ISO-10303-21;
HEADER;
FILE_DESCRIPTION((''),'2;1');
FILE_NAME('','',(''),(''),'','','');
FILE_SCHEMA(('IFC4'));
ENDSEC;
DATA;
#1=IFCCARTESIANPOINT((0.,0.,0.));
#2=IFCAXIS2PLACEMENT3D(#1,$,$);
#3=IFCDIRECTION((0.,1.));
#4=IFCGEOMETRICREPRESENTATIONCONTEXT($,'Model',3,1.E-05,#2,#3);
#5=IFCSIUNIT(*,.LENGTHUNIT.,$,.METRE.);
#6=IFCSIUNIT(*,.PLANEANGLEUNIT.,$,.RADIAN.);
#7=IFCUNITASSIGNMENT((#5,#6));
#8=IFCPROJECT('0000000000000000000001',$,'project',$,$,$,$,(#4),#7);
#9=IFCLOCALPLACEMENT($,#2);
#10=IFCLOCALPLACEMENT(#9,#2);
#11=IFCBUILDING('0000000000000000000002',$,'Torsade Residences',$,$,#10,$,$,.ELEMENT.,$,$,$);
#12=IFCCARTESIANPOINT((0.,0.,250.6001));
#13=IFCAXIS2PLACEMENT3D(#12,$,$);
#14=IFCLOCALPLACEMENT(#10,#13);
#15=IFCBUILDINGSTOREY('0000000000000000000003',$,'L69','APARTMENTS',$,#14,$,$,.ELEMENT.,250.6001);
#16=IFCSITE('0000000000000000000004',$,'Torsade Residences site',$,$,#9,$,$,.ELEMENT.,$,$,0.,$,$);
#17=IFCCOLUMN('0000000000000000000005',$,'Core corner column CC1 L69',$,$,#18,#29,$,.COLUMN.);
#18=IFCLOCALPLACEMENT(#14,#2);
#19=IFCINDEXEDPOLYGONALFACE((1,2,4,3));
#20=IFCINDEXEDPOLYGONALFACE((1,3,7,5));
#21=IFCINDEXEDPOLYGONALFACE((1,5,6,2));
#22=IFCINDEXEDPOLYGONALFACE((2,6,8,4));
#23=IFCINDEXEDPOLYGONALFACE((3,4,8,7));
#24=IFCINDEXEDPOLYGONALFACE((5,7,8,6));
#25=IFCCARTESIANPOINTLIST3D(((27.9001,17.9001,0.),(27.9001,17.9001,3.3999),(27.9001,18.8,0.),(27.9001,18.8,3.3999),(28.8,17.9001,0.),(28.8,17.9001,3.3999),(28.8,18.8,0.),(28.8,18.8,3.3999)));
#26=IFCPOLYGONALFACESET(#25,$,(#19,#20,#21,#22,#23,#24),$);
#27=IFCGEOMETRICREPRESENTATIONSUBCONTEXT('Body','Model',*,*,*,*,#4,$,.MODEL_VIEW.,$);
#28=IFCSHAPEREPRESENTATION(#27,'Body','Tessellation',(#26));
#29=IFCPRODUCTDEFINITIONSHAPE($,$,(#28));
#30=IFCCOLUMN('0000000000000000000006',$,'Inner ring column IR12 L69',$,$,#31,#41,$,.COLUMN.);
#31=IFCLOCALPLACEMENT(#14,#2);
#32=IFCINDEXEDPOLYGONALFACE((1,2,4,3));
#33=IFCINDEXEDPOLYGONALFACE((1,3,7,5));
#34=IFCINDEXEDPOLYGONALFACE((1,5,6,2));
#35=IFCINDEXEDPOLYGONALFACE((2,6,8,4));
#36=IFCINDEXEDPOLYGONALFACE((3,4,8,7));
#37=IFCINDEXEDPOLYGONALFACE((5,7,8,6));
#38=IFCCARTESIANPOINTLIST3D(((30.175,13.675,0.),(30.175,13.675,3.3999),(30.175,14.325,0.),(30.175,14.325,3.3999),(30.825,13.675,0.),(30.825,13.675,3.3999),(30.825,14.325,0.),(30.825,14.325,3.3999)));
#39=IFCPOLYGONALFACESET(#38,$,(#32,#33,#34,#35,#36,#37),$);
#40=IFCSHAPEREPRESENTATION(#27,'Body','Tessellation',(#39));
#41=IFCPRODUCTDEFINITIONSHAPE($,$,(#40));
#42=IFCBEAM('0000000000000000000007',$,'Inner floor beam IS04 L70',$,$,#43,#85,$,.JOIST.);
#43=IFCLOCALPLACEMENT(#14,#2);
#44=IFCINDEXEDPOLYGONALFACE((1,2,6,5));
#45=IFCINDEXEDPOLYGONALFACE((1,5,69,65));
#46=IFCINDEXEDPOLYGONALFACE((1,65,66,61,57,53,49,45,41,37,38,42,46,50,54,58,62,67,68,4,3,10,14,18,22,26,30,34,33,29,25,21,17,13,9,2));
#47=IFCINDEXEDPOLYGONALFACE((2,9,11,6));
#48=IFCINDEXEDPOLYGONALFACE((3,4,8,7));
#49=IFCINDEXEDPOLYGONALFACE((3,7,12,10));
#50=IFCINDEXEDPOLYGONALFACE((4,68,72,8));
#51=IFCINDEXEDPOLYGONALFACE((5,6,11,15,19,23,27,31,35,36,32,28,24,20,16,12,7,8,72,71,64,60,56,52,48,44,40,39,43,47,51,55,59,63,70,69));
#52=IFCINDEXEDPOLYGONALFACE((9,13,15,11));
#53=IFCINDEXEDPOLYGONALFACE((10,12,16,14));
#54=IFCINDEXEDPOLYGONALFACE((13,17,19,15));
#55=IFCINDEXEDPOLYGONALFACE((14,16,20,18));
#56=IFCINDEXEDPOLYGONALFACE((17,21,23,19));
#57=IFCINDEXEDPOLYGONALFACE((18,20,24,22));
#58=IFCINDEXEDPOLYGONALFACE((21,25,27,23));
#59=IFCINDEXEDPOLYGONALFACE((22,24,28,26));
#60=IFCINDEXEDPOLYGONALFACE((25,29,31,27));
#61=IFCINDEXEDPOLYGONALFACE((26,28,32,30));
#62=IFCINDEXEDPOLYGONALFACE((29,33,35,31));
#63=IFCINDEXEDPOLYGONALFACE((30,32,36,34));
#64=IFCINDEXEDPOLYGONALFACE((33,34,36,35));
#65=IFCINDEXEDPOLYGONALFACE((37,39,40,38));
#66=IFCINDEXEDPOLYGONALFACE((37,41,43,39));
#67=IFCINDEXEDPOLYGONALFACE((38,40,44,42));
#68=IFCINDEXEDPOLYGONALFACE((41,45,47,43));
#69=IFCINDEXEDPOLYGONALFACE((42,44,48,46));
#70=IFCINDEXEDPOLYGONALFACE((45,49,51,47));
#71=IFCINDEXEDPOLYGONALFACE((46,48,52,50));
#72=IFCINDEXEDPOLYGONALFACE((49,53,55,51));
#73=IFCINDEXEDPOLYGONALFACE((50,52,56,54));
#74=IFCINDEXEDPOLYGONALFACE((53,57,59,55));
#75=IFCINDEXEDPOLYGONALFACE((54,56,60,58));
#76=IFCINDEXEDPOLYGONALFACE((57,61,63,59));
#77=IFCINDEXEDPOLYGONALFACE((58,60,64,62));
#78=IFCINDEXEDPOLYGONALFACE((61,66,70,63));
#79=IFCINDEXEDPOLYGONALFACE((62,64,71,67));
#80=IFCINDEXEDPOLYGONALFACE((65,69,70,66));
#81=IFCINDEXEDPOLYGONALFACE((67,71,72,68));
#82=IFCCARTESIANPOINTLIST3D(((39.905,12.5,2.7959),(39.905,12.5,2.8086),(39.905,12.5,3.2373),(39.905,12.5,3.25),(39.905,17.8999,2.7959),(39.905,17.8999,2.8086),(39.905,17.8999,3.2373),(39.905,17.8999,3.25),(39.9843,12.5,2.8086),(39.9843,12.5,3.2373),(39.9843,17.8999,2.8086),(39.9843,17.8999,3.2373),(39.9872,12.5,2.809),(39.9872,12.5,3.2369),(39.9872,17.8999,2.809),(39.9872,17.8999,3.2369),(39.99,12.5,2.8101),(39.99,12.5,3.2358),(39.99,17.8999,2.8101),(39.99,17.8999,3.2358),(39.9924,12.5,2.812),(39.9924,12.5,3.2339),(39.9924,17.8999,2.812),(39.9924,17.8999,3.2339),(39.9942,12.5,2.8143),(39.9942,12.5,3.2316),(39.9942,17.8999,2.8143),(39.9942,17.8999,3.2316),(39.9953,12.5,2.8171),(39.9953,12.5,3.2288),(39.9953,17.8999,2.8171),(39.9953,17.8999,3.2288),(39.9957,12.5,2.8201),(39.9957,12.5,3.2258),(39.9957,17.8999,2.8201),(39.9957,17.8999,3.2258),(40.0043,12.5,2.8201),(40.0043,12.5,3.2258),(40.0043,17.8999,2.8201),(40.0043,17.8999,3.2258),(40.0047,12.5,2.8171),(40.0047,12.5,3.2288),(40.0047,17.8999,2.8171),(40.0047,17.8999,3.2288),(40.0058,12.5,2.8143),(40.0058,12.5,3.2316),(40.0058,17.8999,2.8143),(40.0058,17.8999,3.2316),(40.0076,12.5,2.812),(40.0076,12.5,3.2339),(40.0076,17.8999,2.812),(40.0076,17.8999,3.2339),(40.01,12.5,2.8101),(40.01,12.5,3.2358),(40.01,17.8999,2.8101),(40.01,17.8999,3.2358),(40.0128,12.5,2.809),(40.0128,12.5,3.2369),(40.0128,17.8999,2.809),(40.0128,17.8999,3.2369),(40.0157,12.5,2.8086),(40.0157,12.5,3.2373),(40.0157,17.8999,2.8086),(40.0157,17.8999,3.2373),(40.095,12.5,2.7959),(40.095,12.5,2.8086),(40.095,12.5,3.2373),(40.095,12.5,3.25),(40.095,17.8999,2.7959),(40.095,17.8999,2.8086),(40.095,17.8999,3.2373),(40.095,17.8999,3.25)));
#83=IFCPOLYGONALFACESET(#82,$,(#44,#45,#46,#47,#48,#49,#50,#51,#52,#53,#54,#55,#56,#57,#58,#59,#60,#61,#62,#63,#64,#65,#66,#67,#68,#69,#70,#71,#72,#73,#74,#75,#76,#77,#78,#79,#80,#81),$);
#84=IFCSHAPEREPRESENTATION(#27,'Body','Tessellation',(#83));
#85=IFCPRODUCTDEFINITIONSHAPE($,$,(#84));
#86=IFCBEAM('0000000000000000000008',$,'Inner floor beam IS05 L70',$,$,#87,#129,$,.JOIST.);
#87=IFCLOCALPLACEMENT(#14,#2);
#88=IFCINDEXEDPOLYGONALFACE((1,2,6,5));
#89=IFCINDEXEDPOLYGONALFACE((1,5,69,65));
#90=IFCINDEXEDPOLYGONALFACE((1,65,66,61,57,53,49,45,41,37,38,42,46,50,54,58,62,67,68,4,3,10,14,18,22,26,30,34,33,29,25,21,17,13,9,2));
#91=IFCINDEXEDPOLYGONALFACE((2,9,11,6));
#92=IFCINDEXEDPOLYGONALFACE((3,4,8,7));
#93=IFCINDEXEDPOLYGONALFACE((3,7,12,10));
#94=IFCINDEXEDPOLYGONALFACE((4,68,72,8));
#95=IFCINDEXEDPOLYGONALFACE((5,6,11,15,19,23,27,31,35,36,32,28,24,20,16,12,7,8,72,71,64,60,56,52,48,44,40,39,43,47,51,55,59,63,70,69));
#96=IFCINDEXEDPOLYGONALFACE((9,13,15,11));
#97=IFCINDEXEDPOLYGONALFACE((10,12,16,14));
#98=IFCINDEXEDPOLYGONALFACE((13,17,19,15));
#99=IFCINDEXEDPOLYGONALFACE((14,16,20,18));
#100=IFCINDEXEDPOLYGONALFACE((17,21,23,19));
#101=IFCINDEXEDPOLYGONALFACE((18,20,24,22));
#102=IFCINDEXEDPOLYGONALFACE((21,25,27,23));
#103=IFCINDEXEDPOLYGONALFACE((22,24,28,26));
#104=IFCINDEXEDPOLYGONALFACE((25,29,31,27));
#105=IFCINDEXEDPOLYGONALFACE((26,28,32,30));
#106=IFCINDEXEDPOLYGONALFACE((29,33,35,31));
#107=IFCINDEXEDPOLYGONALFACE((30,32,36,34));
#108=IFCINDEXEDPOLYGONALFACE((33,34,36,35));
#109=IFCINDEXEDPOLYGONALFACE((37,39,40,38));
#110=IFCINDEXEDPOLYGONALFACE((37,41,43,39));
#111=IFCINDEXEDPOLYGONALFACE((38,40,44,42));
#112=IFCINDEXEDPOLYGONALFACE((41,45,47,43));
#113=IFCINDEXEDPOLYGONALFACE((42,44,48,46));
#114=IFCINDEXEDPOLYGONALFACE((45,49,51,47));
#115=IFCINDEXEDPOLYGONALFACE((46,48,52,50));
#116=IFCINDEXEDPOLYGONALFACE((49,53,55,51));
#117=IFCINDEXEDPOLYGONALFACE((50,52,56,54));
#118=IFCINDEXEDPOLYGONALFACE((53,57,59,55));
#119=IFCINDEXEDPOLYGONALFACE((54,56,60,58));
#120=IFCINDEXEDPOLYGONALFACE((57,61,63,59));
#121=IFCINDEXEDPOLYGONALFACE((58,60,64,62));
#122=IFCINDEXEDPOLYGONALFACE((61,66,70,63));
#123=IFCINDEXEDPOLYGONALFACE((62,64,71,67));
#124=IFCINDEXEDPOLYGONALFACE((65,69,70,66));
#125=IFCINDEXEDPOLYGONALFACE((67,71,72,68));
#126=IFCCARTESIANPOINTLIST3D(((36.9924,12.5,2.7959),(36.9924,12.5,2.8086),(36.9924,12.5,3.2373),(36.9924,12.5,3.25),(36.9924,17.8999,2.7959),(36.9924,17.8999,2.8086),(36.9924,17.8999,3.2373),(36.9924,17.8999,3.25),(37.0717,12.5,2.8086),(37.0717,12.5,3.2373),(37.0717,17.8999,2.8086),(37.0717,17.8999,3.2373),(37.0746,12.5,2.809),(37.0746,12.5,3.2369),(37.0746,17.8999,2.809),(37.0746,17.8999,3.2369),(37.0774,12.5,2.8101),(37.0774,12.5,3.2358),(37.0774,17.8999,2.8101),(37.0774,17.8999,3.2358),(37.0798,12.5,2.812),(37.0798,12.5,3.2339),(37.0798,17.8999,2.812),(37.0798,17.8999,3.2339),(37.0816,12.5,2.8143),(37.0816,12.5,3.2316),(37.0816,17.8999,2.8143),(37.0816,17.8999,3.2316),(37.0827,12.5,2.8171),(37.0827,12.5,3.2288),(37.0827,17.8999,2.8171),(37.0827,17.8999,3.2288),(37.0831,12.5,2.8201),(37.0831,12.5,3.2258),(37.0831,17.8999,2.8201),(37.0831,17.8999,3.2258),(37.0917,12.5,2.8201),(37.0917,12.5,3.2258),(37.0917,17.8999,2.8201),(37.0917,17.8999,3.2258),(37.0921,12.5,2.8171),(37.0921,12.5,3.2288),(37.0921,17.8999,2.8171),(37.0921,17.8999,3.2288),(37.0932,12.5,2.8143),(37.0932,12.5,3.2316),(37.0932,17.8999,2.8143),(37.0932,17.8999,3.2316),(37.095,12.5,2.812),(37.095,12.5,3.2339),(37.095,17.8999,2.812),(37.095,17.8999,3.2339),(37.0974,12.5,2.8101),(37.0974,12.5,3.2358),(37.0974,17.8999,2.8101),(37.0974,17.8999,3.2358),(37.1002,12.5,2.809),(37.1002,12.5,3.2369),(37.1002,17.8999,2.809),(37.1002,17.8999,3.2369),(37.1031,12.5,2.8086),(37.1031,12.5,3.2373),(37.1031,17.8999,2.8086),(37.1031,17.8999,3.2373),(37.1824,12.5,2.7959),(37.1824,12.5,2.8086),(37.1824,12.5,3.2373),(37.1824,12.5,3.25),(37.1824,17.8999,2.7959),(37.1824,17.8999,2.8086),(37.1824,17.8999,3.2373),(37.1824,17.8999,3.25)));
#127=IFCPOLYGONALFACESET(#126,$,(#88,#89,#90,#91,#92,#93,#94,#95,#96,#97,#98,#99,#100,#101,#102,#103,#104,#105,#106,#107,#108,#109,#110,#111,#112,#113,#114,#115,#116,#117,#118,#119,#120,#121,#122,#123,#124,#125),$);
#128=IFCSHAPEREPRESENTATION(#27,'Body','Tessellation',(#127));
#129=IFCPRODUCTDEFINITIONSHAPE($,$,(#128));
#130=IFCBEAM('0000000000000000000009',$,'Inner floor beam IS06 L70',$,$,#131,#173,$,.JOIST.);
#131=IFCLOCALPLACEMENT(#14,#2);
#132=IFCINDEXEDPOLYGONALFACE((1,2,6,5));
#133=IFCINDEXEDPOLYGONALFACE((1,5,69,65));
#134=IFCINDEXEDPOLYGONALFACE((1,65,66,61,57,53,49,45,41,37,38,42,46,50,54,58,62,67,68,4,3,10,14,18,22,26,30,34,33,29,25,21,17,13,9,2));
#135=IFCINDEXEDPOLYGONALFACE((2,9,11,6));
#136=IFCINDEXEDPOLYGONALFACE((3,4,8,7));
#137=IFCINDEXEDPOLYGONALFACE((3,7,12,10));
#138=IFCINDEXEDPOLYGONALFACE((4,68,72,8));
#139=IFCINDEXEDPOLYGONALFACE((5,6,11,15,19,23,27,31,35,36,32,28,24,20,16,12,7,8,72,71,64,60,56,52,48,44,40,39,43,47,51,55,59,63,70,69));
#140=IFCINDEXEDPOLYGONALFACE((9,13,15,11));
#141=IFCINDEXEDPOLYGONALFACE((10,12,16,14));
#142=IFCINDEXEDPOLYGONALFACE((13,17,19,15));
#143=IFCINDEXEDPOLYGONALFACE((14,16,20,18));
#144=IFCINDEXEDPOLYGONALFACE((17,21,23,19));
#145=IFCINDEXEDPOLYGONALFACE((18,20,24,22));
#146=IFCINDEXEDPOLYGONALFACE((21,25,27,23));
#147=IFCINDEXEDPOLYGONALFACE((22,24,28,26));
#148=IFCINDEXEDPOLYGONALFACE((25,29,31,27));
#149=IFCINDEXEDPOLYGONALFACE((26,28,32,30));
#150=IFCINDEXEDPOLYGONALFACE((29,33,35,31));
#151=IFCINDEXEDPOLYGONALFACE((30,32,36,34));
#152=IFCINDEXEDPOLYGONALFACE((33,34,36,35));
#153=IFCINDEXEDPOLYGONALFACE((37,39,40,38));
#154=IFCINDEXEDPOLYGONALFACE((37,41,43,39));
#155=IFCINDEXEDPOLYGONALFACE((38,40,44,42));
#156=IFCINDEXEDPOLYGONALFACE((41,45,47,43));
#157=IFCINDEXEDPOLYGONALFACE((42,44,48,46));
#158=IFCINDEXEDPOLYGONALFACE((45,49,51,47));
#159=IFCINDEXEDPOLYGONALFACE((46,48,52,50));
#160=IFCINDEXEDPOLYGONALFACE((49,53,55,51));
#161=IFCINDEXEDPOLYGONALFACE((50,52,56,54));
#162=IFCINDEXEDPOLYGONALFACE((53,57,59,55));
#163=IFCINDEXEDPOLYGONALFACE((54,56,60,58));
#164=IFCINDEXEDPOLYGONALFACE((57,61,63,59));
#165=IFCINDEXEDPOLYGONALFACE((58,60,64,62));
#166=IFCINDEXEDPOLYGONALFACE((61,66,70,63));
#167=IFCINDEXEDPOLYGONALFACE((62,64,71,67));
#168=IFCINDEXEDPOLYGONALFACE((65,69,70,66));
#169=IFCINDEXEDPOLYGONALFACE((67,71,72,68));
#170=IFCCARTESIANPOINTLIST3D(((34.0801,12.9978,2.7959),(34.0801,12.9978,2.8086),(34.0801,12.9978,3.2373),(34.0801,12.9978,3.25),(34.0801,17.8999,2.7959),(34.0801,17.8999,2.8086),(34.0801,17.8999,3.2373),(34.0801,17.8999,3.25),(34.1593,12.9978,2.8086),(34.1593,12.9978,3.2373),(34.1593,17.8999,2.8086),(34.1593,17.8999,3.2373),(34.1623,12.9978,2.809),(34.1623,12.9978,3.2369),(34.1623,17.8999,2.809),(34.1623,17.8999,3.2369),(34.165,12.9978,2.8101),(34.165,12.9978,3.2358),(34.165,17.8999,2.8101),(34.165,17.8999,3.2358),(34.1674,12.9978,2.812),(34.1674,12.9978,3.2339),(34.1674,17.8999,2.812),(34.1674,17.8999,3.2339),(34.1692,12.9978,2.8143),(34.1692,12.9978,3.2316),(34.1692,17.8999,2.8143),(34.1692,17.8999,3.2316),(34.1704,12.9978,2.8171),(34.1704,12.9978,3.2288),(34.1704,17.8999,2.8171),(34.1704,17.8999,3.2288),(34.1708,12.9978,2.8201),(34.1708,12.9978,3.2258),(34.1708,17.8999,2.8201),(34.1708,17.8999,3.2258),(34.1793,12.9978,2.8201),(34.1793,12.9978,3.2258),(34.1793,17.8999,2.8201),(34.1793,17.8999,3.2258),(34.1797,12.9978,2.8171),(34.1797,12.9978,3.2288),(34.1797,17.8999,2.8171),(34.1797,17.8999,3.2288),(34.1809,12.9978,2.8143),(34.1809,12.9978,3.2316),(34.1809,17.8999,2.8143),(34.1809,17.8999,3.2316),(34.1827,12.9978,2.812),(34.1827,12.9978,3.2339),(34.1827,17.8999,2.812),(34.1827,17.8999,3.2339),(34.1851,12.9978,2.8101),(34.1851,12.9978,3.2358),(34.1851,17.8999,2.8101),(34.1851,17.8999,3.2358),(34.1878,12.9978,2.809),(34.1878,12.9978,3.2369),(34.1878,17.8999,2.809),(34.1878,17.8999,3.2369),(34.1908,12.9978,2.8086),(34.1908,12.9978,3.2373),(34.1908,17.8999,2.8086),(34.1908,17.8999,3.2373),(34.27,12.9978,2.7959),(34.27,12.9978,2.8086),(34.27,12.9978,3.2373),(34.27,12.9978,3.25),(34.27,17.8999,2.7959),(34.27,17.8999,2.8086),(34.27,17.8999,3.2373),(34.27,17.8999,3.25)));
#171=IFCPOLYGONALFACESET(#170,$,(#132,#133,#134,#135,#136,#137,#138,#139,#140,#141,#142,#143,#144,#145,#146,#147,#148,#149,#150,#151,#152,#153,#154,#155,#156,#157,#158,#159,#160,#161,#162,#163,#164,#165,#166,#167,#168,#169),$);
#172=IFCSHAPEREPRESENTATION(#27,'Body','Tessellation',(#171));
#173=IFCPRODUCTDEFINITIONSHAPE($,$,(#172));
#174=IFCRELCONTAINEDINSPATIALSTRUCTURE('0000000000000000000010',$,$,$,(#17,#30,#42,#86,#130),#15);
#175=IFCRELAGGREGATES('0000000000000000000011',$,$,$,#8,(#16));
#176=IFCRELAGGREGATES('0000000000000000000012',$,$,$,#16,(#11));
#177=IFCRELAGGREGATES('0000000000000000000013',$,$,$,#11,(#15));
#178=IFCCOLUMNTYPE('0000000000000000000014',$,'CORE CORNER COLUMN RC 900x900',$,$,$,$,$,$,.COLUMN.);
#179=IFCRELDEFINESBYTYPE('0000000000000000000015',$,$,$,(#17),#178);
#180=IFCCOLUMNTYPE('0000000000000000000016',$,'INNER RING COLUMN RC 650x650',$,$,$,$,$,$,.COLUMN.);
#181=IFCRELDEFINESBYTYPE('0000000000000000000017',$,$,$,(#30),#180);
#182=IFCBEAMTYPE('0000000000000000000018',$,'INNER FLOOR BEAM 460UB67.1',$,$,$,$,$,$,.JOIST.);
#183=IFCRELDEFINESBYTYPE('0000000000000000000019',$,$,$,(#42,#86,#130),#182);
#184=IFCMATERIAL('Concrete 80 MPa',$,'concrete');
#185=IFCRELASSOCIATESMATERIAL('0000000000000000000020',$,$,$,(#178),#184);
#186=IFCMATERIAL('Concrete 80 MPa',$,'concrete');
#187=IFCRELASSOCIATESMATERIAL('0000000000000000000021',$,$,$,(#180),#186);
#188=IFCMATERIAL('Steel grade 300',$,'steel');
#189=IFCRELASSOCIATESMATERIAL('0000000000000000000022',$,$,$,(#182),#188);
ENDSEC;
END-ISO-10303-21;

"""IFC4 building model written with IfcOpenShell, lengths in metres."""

from ifc_helpers import new_model, si_unit, direction, frame, origin, origin_2d, place, context, subcontext, project, spatial, rectangle, i_section, extrude, material, material_profile, profile_set, type_object, element, save


model = new_model("IFC4")

# Units and contexts
model_context = context("Model", 3, precision=1e-05, world=origin(), true_north=direction((0.0, 1.0)))
body_context = subcontext(model_context, "Body", "Model", "MODEL_VIEW")
ifc_project = project(units=[si_unit("LENGTHUNIT", "METRE"), si_unit("PLANEANGLEUNIT", "RADIAN")], contexts=[model_context])

# Site, building, storey
site_placement = place(None, origin())
site = spatial("IfcSite", under=ifc_project, at=site_placement, Name="Torsade Residences site", CompositionType="ELEMENT", RefElevation=0.0)
building_placement = place(site_placement, origin())
building = spatial("IfcBuilding", under=site, at=building_placement, Name="Torsade Residences", CompositionType="ELEMENT")
storey_placement = place(building_placement, frame((0.0, 0.0, 250.6001)))
storey = spatial("IfcBuildingStorey", under=building, at=storey_placement, Name="L69", Description="APARTMENTS", CompositionType="ELEMENT", Elevation=250.6001)

# Columns
ifc_material_1 = material(Name="Concrete 80 MPa", Category="concrete")
ifc_material_profile_1 = material_profile(ifc_material_1, rectangle(XDim=0.8999, YDim=0.8999, at=origin_2d()), Name="RC 900x900")
ifc_profile_set_1 = profile_set([ifc_material_profile_1], Name="Concrete 80 MPa")
column_type_1 = type_object("IfcColumnType", Name="CORE CORNER COLUMN RC 900x900", PredefinedType="COLUMN", material=ifc_profile_set_1)
column_1_placement = place(storey_placement, frame((28.3501, 18.3501, 0.0), z_axis=(0.0, 0.0, 1.0), x_axis=(1.0, 0.0, 0.0)))
element("IfcColumn", 1, at=column_1_placement, inside=storey, type_object=column_type_1, Name="Core corner column CC1 L69", PredefinedType="COLUMN", context=body_context, shape_type="SweptSolid", body=[
    extrude(rectangle(XDim=0.8999, YDim=0.8999, at=origin_2d()), origin(), (0.0, 0.0, 1.0), 3.3999),
])
ifc_material_2 = material(Name="Concrete 80 MPa", Category="concrete")
ifc_material_profile_2 = material_profile(ifc_material_2, rectangle(XDim=0.6499, YDim=0.6499, at=origin_2d()), Name="RC 650x650")
ifc_profile_set_2 = profile_set([ifc_material_profile_2], Name="Concrete 80 MPa")
column_type_2 = type_object("IfcColumnType", Name="INNER RING COLUMN RC 650x650", PredefinedType="COLUMN", material=ifc_profile_set_2)
column_2_placement = place(storey_placement, frame((30.5, 14.0, 0.0), z_axis=(0.0, 0.0, 1.0), x_axis=(1.0, 0.0, 0.0)))
element("IfcColumn", 2, at=column_2_placement, inside=storey, type_object=column_type_2, Name="Inner ring column IR12 L69", PredefinedType="COLUMN", context=body_context, shape_type="SweptSolid", body=[
    extrude(rectangle(XDim=0.6499, YDim=0.6499, at=origin_2d()), origin(), (0.0, 0.0, 1.0), 3.3999),
])

# Beams
ifc_material_3 = material(Name="Steel grade 300", Category="steel")
ifc_material_profile_3 = material_profile(ifc_material_3, i_section(OverallWidth=0.1899, OverallDepth=0.4541, WebThickness=0.0085, FlangeThickness=0.0127, FilletRadius=0.0115, at=origin_2d()), Name="460UB67.1")
ifc_profile_set_3 = profile_set([ifc_material_profile_3], Name="Steel grade 300")
beam_type_1 = type_object("IfcBeamType", Name="INNER FLOOR BEAM 460UB67.1", PredefinedType="JOIST", material=ifc_profile_set_3)
for number, where, z_axis, x_axis, name in (
    (3, (40.0, 17.8999, 3.0229), (0.0, -1.0, 0.0), (1.0, 0.0, 0.0), "Inner floor beam IS04 L70"),
    (4, (37.0874, 17.8999, 3.0229), (0.0, -1.0, 0.0), (1.0, 0.0, 0.0), "Inner floor beam IS05 L70"),
):
    element("IfcBeam", number, at=place(storey_placement, frame(where, z_axis=z_axis, x_axis=x_axis)), inside=storey, type_object=beam_type_1, Name=name, PredefinedType="JOIST", context=body_context, shape_type="SweptSolid", body=[
        extrude(i_section(OverallWidth=0.1899, OverallDepth=0.4541, WebThickness=0.0085, FlangeThickness=0.0127, FilletRadius=0.0115, at=origin_2d()), origin(), (0.0, 0.0, 1.0), 5.3999),
    ])
beam_1_placement = place(storey_placement, frame((34.175, 17.8999, 3.0229), z_axis=(0.0, -1.0, 0.0), x_axis=(1.0, 0.0, 0.0)))
element("IfcBeam", 5, at=beam_1_placement, inside=storey, type_object=beam_type_1, Name="Inner floor beam IS06 L70", PredefinedType="JOIST", context=body_context, shape_type="SweptSolid", body=[
    extrude(i_section(OverallWidth=0.1899, OverallDepth=0.4541, WebThickness=0.0085, FlangeThickness=0.0127, FilletRadius=0.0115, at=origin_2d()), origin(), (0.0, 0.0, 1.0), 4.9021),
])

save(model, "model.ifc")
